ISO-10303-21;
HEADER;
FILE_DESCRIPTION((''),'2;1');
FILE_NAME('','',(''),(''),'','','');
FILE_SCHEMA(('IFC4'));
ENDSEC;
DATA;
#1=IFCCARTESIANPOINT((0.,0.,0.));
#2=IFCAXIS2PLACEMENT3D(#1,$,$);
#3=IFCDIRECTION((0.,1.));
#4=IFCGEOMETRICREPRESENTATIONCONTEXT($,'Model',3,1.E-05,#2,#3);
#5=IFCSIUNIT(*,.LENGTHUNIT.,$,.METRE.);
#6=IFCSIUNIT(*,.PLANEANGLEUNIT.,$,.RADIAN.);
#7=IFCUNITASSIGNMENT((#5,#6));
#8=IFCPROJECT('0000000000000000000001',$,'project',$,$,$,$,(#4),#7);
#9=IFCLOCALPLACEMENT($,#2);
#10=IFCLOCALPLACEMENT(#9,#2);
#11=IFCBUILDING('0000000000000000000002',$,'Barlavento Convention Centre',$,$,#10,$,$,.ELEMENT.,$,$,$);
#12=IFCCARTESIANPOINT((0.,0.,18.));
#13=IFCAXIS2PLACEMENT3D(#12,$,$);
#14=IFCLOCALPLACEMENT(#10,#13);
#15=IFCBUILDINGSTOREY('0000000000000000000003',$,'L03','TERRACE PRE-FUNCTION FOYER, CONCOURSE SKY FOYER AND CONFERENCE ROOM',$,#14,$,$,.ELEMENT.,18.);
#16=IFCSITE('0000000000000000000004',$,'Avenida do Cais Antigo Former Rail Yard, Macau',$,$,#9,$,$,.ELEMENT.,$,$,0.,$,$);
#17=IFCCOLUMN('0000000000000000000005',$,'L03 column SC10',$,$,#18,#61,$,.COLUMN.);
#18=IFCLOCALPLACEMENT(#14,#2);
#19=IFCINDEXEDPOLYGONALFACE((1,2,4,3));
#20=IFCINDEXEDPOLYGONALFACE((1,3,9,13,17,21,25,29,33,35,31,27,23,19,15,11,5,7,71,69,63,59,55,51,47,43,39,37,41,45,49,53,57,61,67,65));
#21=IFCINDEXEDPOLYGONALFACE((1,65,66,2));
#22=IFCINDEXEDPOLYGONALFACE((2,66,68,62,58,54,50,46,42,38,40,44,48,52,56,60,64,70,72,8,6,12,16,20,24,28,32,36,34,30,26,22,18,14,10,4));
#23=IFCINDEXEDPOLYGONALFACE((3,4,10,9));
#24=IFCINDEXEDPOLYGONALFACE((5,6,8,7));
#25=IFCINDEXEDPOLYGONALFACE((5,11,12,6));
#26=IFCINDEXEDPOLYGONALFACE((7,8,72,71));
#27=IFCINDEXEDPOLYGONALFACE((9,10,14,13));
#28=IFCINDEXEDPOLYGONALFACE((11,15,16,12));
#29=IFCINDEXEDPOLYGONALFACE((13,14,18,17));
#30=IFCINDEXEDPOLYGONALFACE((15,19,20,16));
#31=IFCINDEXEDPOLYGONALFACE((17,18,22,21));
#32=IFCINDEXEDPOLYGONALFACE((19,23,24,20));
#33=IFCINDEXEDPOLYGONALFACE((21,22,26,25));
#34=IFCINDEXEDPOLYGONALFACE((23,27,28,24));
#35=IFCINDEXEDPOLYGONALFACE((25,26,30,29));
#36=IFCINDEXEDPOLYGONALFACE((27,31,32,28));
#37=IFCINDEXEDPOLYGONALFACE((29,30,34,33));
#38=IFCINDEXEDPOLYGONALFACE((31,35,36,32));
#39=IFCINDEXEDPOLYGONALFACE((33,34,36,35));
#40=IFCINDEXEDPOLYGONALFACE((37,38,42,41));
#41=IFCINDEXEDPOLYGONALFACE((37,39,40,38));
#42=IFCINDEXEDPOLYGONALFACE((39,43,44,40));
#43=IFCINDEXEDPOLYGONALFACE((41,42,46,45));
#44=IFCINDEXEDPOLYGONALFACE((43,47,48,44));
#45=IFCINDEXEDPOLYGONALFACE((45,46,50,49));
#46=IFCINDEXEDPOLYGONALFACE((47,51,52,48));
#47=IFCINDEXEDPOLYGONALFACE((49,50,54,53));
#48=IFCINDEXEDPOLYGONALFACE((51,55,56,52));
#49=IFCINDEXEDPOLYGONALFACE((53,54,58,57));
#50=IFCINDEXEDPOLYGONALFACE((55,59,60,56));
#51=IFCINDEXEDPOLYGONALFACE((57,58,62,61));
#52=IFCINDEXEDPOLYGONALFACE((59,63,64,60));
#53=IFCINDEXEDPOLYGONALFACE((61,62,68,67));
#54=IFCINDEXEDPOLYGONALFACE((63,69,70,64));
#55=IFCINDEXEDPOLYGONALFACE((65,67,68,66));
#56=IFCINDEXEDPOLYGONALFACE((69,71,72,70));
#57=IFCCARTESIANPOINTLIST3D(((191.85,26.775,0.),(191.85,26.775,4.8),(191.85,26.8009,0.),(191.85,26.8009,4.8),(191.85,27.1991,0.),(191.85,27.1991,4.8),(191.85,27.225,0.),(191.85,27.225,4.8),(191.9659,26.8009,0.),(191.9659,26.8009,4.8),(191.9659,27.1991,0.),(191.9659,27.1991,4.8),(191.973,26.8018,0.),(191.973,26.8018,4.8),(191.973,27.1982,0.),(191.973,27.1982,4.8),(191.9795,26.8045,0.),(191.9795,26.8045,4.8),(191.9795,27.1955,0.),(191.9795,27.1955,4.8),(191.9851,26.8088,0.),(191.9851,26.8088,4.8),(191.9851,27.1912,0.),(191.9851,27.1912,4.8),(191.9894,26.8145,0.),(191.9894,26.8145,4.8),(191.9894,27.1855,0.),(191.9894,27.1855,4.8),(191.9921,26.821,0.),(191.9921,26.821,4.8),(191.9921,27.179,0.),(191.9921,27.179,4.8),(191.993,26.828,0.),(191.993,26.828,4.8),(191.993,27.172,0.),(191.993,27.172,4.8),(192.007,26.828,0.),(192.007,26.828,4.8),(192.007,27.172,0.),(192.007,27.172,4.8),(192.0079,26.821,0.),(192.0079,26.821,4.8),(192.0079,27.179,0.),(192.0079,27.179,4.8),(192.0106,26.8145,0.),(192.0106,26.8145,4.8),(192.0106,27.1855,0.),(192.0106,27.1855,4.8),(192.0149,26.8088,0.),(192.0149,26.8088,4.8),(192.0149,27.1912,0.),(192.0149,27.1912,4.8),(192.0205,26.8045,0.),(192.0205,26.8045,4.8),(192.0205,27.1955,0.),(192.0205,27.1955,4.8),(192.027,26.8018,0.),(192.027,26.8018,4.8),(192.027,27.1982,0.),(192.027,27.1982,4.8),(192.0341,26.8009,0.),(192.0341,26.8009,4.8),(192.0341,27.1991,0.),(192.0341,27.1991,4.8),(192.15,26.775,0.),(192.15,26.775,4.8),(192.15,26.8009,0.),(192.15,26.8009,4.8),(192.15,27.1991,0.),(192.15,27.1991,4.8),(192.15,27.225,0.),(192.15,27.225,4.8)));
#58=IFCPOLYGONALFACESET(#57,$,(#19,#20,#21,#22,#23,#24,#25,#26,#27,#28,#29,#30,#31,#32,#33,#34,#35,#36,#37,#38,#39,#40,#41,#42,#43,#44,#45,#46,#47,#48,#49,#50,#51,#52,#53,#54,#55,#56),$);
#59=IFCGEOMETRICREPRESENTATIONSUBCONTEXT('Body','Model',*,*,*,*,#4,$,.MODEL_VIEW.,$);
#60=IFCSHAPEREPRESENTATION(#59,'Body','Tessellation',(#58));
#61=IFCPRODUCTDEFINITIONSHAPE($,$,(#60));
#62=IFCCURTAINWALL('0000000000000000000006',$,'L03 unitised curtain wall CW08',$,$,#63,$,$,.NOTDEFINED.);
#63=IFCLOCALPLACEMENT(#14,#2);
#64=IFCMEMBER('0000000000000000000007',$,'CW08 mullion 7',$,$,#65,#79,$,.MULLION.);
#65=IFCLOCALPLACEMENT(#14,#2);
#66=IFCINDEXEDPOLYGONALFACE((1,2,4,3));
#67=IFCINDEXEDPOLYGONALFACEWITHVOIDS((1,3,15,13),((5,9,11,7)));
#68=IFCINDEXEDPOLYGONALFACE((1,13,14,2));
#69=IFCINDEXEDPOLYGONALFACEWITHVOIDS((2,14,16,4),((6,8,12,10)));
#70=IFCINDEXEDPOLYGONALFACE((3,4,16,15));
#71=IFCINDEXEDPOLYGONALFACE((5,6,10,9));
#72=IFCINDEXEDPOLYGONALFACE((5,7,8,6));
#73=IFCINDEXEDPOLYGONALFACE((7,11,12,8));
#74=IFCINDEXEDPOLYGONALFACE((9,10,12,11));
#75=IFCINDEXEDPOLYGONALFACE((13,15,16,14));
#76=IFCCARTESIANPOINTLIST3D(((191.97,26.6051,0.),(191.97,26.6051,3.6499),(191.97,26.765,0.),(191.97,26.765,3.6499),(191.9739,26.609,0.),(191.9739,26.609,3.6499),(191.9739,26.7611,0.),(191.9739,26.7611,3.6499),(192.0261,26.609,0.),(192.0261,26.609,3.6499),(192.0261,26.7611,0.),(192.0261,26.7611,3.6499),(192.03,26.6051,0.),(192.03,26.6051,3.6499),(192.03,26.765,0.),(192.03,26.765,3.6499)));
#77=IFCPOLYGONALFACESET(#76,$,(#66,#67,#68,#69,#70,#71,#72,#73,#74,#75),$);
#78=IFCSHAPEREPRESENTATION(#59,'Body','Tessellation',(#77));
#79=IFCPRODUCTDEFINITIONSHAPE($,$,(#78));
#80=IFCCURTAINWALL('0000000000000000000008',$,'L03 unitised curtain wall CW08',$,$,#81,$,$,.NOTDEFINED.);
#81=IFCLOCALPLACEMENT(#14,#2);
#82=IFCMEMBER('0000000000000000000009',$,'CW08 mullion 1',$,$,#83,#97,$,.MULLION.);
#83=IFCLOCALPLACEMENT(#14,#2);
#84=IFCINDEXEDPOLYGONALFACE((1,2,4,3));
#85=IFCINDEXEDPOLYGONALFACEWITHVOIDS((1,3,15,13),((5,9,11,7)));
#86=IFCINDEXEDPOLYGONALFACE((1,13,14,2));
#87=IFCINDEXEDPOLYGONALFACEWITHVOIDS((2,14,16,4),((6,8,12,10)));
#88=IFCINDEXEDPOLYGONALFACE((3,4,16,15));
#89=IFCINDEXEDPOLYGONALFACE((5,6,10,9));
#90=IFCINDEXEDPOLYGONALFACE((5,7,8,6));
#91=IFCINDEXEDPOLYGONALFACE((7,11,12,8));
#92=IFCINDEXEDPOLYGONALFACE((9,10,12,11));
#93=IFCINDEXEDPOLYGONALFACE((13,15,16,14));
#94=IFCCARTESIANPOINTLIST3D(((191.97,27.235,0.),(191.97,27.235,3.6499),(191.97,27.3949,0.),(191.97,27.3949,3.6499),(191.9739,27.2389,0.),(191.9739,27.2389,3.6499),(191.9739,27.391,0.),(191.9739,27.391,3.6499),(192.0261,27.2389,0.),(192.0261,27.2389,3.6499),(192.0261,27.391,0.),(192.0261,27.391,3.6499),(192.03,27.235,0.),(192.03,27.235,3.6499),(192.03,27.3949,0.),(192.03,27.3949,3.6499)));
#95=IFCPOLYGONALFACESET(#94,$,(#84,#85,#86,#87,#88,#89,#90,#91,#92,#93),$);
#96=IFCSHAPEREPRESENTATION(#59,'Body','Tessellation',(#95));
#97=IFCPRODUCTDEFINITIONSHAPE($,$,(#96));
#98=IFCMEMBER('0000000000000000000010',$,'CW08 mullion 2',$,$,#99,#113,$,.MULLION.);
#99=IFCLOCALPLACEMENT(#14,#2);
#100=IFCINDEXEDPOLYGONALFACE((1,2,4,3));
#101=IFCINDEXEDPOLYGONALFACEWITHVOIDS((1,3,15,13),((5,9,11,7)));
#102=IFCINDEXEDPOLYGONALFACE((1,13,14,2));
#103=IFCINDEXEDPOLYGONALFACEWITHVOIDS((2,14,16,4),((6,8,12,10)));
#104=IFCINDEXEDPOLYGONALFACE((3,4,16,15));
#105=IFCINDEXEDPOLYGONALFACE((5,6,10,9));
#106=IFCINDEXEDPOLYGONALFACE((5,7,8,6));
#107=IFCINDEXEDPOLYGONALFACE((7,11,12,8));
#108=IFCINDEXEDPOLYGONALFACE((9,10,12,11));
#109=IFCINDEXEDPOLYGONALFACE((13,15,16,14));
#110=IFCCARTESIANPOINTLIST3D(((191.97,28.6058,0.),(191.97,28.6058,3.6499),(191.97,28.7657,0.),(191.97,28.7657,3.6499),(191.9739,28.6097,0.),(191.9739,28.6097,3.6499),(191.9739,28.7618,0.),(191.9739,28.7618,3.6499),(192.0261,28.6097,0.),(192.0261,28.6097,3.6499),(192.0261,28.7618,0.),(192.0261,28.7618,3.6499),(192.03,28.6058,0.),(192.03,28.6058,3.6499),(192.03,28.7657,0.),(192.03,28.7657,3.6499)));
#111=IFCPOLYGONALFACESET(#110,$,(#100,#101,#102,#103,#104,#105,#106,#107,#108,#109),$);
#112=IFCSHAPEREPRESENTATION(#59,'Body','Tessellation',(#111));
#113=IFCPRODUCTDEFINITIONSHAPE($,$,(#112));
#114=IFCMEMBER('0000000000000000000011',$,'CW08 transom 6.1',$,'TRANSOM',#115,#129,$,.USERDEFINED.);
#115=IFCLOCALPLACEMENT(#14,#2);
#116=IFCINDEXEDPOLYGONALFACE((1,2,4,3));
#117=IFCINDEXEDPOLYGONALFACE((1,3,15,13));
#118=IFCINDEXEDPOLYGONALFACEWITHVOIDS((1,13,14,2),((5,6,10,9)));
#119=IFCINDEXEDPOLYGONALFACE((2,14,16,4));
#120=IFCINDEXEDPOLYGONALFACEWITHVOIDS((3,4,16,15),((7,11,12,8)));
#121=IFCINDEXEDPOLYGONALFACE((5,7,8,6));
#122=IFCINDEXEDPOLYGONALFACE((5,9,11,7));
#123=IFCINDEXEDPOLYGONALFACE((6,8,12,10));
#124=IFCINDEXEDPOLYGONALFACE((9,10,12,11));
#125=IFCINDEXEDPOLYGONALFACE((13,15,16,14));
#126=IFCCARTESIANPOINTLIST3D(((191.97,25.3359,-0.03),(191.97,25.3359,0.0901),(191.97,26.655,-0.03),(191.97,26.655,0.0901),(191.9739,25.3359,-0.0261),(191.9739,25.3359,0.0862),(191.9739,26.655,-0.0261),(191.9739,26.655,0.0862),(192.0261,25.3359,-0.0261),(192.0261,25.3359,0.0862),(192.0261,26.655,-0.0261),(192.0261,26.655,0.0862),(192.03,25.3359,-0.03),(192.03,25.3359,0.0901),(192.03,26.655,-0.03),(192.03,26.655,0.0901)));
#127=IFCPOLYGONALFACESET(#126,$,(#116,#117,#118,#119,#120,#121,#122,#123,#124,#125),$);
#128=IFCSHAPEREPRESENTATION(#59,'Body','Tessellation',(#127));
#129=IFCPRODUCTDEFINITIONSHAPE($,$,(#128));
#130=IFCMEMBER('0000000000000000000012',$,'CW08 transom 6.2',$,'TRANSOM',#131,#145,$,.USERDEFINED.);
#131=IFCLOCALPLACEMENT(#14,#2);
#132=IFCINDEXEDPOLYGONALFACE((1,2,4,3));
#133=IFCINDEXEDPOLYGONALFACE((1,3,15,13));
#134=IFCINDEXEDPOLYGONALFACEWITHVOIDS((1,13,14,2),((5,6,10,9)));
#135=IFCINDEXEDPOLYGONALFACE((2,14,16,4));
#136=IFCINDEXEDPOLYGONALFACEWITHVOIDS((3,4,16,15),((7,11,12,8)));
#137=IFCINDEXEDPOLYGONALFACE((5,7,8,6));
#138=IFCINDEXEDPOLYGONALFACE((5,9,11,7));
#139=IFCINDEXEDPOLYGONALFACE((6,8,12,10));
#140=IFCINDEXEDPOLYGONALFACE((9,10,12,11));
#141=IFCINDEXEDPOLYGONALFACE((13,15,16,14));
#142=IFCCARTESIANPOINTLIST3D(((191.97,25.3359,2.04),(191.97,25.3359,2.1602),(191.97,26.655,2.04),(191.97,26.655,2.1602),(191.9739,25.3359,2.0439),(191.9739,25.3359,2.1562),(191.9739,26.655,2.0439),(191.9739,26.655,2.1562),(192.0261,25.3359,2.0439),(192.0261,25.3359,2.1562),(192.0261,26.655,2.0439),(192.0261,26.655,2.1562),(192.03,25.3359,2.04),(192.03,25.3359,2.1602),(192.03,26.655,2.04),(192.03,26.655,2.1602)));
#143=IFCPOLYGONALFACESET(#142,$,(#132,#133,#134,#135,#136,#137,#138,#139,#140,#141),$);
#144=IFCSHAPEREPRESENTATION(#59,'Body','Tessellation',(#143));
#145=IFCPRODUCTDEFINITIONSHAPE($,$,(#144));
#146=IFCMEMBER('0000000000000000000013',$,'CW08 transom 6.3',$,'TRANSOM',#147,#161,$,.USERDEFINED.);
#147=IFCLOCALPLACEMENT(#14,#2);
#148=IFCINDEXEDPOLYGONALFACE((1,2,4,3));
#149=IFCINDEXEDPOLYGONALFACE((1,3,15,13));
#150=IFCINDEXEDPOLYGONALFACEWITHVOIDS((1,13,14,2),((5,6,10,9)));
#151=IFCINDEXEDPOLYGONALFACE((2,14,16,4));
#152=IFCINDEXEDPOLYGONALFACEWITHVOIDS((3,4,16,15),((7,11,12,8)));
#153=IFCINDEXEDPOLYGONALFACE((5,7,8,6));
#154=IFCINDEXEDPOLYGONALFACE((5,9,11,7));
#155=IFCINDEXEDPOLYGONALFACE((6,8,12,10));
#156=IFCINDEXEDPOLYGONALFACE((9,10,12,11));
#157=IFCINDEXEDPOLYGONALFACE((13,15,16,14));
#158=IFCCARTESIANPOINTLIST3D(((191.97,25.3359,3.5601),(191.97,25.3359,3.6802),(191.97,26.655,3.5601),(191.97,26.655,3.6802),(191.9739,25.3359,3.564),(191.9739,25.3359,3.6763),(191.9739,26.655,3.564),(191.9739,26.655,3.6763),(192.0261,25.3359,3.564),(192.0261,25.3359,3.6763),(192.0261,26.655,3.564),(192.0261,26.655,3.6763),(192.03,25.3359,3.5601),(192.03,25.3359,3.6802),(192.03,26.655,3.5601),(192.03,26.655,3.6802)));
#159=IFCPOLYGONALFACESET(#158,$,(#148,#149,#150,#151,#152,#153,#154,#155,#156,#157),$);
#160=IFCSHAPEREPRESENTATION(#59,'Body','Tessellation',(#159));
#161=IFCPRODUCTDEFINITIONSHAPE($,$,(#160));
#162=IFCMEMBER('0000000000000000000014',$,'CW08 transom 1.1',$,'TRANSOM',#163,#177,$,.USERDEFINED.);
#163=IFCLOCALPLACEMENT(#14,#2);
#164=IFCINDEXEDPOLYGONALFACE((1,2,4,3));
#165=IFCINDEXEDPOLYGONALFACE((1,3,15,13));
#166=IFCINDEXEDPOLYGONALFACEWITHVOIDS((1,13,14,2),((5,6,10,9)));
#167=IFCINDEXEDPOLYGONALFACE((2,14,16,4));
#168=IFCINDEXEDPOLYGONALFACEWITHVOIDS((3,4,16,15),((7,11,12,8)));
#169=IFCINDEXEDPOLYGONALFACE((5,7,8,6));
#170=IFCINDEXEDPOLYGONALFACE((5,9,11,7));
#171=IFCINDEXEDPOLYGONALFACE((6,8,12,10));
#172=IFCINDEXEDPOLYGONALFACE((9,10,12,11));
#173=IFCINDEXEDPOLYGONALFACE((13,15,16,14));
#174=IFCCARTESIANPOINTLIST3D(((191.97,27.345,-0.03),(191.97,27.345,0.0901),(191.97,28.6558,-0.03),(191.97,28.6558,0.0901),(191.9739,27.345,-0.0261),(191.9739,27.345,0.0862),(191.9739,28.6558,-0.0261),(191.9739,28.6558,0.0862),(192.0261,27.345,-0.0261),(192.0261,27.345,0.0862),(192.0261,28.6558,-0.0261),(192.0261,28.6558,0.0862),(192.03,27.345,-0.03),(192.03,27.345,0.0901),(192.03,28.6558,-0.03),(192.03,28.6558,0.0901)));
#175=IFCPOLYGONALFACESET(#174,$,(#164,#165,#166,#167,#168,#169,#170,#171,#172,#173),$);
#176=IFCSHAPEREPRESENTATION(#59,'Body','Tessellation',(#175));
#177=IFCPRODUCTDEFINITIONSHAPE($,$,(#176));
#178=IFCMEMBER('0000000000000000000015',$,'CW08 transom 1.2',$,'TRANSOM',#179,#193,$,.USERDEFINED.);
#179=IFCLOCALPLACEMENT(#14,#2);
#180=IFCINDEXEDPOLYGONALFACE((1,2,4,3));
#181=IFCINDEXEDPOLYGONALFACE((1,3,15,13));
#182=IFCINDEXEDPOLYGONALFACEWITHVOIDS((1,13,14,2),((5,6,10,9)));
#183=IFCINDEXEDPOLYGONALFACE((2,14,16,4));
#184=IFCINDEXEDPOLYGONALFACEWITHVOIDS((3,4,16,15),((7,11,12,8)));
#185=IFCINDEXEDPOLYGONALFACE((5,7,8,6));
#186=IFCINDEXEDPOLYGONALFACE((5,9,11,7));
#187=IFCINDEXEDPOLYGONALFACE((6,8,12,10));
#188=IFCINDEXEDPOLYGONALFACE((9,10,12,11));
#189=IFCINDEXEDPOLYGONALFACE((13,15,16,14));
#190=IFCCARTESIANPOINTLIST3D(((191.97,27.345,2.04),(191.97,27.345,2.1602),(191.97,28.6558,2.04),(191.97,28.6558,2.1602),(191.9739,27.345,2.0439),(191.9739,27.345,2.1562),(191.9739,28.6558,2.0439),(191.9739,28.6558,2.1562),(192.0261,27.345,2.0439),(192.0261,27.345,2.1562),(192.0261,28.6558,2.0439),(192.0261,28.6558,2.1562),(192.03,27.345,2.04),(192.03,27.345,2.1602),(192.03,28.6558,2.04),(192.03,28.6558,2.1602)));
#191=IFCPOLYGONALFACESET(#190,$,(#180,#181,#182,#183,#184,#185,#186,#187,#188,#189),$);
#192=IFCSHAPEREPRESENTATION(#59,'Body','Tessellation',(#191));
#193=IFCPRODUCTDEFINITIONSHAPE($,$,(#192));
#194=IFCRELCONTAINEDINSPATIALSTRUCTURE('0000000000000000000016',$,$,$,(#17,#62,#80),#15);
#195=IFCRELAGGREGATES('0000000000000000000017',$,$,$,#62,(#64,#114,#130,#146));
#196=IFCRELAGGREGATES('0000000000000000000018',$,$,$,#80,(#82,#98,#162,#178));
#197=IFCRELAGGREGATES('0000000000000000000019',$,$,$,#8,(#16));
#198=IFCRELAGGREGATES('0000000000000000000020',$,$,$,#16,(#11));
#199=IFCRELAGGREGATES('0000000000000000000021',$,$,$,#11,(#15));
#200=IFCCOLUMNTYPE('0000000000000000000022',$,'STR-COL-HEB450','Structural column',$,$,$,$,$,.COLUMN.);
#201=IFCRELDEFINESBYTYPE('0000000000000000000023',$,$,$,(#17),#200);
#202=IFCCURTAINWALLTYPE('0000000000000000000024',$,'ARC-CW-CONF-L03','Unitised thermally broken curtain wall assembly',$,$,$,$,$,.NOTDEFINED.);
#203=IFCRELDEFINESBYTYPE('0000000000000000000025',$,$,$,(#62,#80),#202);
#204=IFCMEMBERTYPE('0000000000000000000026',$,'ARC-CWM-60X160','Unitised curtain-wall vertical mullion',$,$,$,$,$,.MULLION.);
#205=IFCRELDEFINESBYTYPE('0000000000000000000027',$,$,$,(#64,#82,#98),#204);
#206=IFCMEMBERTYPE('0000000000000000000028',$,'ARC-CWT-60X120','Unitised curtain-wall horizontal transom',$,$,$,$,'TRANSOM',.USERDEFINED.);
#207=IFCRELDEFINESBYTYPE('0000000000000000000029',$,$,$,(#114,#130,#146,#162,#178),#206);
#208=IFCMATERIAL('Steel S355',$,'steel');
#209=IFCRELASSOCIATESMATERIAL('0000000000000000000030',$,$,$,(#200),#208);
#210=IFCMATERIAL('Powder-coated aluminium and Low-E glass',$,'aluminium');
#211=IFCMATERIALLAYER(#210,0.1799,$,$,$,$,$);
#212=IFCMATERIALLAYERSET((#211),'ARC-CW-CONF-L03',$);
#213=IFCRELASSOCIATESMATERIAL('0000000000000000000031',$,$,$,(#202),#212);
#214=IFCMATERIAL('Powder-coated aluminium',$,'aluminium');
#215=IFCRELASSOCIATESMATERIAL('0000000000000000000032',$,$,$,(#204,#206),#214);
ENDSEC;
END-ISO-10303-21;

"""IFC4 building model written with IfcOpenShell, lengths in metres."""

from ifc_helpers import new_model, si_unit, direction, frame, origin, origin_2d, place, context, subcontext, project, spatial, hollow_rectangle, i_section, extrude, material, layer, layer_set, material_profile, profile_set, type_object, element, aggregate, save


model = new_model("IFC4")

# Units and contexts
model_context = context("Model", 3, precision=1e-05, world=origin(), true_north=direction((0.0, 1.0)))
body_context = subcontext(model_context, "Body", "Model", "MODEL_VIEW")
ifc_project = project(units=[si_unit("LENGTHUNIT", "METRE"), si_unit("PLANEANGLEUNIT", "RADIAN")], contexts=[model_context])

# Site, building, storey
site_placement = place(None, origin())
site = spatial("IfcSite", under=ifc_project, at=site_placement, Name="Avenida do Cais Antigo Former Rail Yard, Macau", CompositionType="ELEMENT", RefElevation=0.0)
building_placement = place(site_placement, origin())
building = spatial("IfcBuilding", under=site, at=building_placement, Name="Barlavento Convention Centre", CompositionType="ELEMENT")
storey_placement = place(building_placement, frame((0.0, 0.0, 18.0)))
storey = spatial("IfcBuildingStorey", under=building, at=storey_placement, Name="L03", Description="TERRACE PRE-FUNCTION FOYER, CONCOURSE SKY FOYER AND CONFERENCE ROOM", CompositionType="ELEMENT", Elevation=18.0)

# Column
ifc_material_1 = material(Name="Steel S355", Category="steel")
ifc_material_profile_1 = material_profile(ifc_material_1, i_section(OverallWidth=0.3, OverallDepth=0.45, WebThickness=0.0139, FlangeThickness=0.0259, FilletRadius=0.0271, at=origin_2d()), Name="HEB 450")
ifc_profile_set_1 = profile_set([ifc_material_profile_1], Name="Steel S355")
column_type = type_object("IfcColumnType", Name="STR-COL-HEB450", Description="Structural column", PredefinedType="COLUMN", material=ifc_profile_set_1)
column_placement = place(storey_placement, frame((192.0, 27.0, 0.0), z_axis=(0.0, 0.0, 1.0), x_axis=(1.0, 0.0, 0.0)))
element("IfcColumn", 1, at=column_placement, inside=storey, type_object=column_type, Name="L03 column SC10", PredefinedType="COLUMN", context=body_context, shape_type="SweptSolid", body=[
    extrude(i_section(OverallWidth=0.3, OverallDepth=0.45, WebThickness=0.0139, FlangeThickness=0.0259, FilletRadius=0.0271, at=origin_2d()), origin(), (0.0, 0.0, 1.0), 4.8),
])

# Curtain wall, member
ifc_material_2 = material(Name="Powder-coated aluminium and Low-E glass", Category="aluminium")
ifc_layer_1 = layer(ifc_material_2, 0.1799)
ifc_layer_set_1 = layer_set([ifc_layer_1], Name="ARC-CW-CONF-L03")
curtain_wall_type = type_object("IfcCurtainWallType", Name="ARC-CW-CONF-L03", Description="Unitised thermally broken curtain wall assembly", PredefinedType="NOTDEFINED", material=ifc_layer_set_1)
curtain_wall_1_placement = place(storey_placement, origin())
curtain_wall_1 = element("IfcCurtainWall", 2, at=curtain_wall_1_placement, inside=storey, type_object=curtain_wall_type, Name="L03 unitised curtain wall CW08", PredefinedType="NOTDEFINED")
ifc_material_3 = material(Name="Powder-coated aluminium", Category="aluminium")
ifc_material_profile_2 = material_profile(ifc_material_3, hollow_rectangle(XDim=0.0601, YDim=0.1599, WallThickness=0.0039, at=origin_2d()), Name="AL-MULL 60x160x4")
ifc_profile_set_2 = profile_set([ifc_material_profile_2], Name="Powder-coated aluminium")
member_type_1 = type_object("IfcMemberType", Name="ARC-CWM-60X160", Description="Unitised curtain-wall vertical mullion", PredefinedType="MULLION", material=ifc_profile_set_2)
member_1_placement = place(storey_placement, frame((192.0, 26.6851, 0.0), z_axis=(0.0, 0.0, 1.0), x_axis=(-1.0, 0.0, 0.0)))
member_1 = element("IfcMember", 3, at=member_1_placement, type_object=member_type_1, Name="CW08 mullion 7", PredefinedType="MULLION", context=body_context, shape_type="SweptSolid", body=[
    extrude(hollow_rectangle(XDim=0.0601, YDim=0.1599, WallThickness=0.0039, at=origin_2d()), origin(), (0.0, 0.0, 1.0), 3.6499),
])

# Curtain wall, members
curtain_wall_2_placement = place(storey_placement, origin())
curtain_wall_2 = element("IfcCurtainWall", 4, at=curtain_wall_2_placement, inside=storey, type_object=curtain_wall_type, Name="L03 unitised curtain wall CW08", PredefinedType="NOTDEFINED")
member_2_placement = place(storey_placement, frame((192.0, 27.3149, 0.0), z_axis=(0.0, 0.0, 1.0), x_axis=(-1.0, 0.0, 0.0)))
member_2 = element("IfcMember", 5, at=member_2_placement, type_object=member_type_1, Name="CW08 mullion 1", PredefinedType="MULLION", context=body_context, shape_type="SweptSolid", body=[
    extrude(hollow_rectangle(XDim=0.0601, YDim=0.1599, WallThickness=0.0039, at=origin_2d()), origin(), (0.0, 0.0, 1.0), 3.6499),
])
member_3_placement = place(storey_placement, frame((192.0, 28.6858, 0.0), z_axis=(0.0, 0.0, 1.0), x_axis=(-1.0, 0.0, 0.0)))
member_3 = element("IfcMember", 6, at=member_3_placement, type_object=member_type_1, Name="CW08 mullion 2", PredefinedType="MULLION", context=body_context, shape_type="SweptSolid", body=[
    extrude(hollow_rectangle(XDim=0.0601, YDim=0.1599, WallThickness=0.0039, at=origin_2d()), origin(), (0.0, 0.0, 1.0), 3.6499),
])

# Members
ifc_material_profile_3 = material_profile(ifc_material_3, hollow_rectangle(XDim=0.0601, YDim=0.1201, WallThickness=0.0039, at=origin_2d()), Name="AL-TRAN 60x120x4")
ifc_profile_set_3 = profile_set([ifc_material_profile_3], Name="Powder-coated aluminium")
member_type_2 = type_object("IfcMemberType", Name="ARC-CWT-60X120", Description="Unitised curtain-wall horizontal transom", ElementType="TRANSOM", PredefinedType="USERDEFINED", material=ifc_profile_set_3)
member_4_placement = place(storey_placement, frame((192.0, 25.3359, 0.03), z_axis=(0.0, 1.0, 0.0), x_axis=(-1.0, 0.0, 0.0)))
member_4 = element("IfcMember", 7, at=member_4_placement, type_object=member_type_2, Name="CW08 transom 6.1", ObjectType="TRANSOM", PredefinedType="USERDEFINED", context=body_context, shape_type="SweptSolid", body=[
    extrude(hollow_rectangle(XDim=0.0601, YDim=0.1201, WallThickness=0.0039, at=origin_2d()), origin(), (0.0, 0.0, 1.0), 1.3191),
])
member_5_placement = place(storey_placement, frame((192.0, 25.3359, 2.1001), z_axis=(0.0, 1.0, 0.0), x_axis=(-1.0, 0.0, 0.0)))
member_5 = element("IfcMember", 8, at=member_5_placement, type_object=member_type_2, Name="CW08 transom 6.2", ObjectType="TRANSOM", PredefinedType="USERDEFINED", context=body_context, shape_type="SweptSolid", body=[
    extrude(hollow_rectangle(XDim=0.0601, YDim=0.1201, WallThickness=0.0039, at=origin_2d()), origin(), (0.0, 0.0, 1.0), 1.3191),
])
member_6_placement = place(storey_placement, frame((192.0, 25.3359, 3.6201), z_axis=(0.0, 1.0, 0.0), x_axis=(-1.0, 0.0, 0.0)))
member_6 = element("IfcMember", 9, at=member_6_placement, type_object=member_type_2, Name="CW08 transom 6.3", ObjectType="TRANSOM", PredefinedType="USERDEFINED", context=body_context, shape_type="SweptSolid", body=[
    extrude(hollow_rectangle(XDim=0.0601, YDim=0.1201, WallThickness=0.0039, at=origin_2d()), origin(), (0.0, 0.0, 1.0), 1.3191),
])
member_7_placement = place(storey_placement, frame((192.0, 27.345, 0.03), z_axis=(0.0, 1.0, 0.0), x_axis=(-1.0, 0.0, 0.0)))
member_7 = element("IfcMember", 10, at=member_7_placement, type_object=member_type_2, Name="CW08 transom 1.1", ObjectType="TRANSOM", PredefinedType="USERDEFINED", context=body_context, shape_type="SweptSolid", body=[
    extrude(hollow_rectangle(XDim=0.0601, YDim=0.1201, WallThickness=0.0039, at=origin_2d()), origin(), (0.0, 0.0, 1.0), 1.3108),
])
member_8_placement = place(storey_placement, frame((192.0, 27.345, 2.1001), z_axis=(0.0, 1.0, 0.0), x_axis=(-1.0, 0.0, 0.0)))
member_8 = element("IfcMember", 11, at=member_8_placement, type_object=member_type_2, Name="CW08 transom 1.2", ObjectType="TRANSOM", PredefinedType="USERDEFINED", context=body_context, shape_type="SweptSolid", body=[
    extrude(hollow_rectangle(XDim=0.0601, YDim=0.1201, WallThickness=0.0039, at=origin_2d()), origin(), (0.0, 0.0, 1.0), 1.3108),
])

aggregate(curtain_wall_1, [member_1, member_4, member_5, member_6])
aggregate(curtain_wall_2, [member_2, member_3, member_7, member_8])

save(model, "model.ifc")
